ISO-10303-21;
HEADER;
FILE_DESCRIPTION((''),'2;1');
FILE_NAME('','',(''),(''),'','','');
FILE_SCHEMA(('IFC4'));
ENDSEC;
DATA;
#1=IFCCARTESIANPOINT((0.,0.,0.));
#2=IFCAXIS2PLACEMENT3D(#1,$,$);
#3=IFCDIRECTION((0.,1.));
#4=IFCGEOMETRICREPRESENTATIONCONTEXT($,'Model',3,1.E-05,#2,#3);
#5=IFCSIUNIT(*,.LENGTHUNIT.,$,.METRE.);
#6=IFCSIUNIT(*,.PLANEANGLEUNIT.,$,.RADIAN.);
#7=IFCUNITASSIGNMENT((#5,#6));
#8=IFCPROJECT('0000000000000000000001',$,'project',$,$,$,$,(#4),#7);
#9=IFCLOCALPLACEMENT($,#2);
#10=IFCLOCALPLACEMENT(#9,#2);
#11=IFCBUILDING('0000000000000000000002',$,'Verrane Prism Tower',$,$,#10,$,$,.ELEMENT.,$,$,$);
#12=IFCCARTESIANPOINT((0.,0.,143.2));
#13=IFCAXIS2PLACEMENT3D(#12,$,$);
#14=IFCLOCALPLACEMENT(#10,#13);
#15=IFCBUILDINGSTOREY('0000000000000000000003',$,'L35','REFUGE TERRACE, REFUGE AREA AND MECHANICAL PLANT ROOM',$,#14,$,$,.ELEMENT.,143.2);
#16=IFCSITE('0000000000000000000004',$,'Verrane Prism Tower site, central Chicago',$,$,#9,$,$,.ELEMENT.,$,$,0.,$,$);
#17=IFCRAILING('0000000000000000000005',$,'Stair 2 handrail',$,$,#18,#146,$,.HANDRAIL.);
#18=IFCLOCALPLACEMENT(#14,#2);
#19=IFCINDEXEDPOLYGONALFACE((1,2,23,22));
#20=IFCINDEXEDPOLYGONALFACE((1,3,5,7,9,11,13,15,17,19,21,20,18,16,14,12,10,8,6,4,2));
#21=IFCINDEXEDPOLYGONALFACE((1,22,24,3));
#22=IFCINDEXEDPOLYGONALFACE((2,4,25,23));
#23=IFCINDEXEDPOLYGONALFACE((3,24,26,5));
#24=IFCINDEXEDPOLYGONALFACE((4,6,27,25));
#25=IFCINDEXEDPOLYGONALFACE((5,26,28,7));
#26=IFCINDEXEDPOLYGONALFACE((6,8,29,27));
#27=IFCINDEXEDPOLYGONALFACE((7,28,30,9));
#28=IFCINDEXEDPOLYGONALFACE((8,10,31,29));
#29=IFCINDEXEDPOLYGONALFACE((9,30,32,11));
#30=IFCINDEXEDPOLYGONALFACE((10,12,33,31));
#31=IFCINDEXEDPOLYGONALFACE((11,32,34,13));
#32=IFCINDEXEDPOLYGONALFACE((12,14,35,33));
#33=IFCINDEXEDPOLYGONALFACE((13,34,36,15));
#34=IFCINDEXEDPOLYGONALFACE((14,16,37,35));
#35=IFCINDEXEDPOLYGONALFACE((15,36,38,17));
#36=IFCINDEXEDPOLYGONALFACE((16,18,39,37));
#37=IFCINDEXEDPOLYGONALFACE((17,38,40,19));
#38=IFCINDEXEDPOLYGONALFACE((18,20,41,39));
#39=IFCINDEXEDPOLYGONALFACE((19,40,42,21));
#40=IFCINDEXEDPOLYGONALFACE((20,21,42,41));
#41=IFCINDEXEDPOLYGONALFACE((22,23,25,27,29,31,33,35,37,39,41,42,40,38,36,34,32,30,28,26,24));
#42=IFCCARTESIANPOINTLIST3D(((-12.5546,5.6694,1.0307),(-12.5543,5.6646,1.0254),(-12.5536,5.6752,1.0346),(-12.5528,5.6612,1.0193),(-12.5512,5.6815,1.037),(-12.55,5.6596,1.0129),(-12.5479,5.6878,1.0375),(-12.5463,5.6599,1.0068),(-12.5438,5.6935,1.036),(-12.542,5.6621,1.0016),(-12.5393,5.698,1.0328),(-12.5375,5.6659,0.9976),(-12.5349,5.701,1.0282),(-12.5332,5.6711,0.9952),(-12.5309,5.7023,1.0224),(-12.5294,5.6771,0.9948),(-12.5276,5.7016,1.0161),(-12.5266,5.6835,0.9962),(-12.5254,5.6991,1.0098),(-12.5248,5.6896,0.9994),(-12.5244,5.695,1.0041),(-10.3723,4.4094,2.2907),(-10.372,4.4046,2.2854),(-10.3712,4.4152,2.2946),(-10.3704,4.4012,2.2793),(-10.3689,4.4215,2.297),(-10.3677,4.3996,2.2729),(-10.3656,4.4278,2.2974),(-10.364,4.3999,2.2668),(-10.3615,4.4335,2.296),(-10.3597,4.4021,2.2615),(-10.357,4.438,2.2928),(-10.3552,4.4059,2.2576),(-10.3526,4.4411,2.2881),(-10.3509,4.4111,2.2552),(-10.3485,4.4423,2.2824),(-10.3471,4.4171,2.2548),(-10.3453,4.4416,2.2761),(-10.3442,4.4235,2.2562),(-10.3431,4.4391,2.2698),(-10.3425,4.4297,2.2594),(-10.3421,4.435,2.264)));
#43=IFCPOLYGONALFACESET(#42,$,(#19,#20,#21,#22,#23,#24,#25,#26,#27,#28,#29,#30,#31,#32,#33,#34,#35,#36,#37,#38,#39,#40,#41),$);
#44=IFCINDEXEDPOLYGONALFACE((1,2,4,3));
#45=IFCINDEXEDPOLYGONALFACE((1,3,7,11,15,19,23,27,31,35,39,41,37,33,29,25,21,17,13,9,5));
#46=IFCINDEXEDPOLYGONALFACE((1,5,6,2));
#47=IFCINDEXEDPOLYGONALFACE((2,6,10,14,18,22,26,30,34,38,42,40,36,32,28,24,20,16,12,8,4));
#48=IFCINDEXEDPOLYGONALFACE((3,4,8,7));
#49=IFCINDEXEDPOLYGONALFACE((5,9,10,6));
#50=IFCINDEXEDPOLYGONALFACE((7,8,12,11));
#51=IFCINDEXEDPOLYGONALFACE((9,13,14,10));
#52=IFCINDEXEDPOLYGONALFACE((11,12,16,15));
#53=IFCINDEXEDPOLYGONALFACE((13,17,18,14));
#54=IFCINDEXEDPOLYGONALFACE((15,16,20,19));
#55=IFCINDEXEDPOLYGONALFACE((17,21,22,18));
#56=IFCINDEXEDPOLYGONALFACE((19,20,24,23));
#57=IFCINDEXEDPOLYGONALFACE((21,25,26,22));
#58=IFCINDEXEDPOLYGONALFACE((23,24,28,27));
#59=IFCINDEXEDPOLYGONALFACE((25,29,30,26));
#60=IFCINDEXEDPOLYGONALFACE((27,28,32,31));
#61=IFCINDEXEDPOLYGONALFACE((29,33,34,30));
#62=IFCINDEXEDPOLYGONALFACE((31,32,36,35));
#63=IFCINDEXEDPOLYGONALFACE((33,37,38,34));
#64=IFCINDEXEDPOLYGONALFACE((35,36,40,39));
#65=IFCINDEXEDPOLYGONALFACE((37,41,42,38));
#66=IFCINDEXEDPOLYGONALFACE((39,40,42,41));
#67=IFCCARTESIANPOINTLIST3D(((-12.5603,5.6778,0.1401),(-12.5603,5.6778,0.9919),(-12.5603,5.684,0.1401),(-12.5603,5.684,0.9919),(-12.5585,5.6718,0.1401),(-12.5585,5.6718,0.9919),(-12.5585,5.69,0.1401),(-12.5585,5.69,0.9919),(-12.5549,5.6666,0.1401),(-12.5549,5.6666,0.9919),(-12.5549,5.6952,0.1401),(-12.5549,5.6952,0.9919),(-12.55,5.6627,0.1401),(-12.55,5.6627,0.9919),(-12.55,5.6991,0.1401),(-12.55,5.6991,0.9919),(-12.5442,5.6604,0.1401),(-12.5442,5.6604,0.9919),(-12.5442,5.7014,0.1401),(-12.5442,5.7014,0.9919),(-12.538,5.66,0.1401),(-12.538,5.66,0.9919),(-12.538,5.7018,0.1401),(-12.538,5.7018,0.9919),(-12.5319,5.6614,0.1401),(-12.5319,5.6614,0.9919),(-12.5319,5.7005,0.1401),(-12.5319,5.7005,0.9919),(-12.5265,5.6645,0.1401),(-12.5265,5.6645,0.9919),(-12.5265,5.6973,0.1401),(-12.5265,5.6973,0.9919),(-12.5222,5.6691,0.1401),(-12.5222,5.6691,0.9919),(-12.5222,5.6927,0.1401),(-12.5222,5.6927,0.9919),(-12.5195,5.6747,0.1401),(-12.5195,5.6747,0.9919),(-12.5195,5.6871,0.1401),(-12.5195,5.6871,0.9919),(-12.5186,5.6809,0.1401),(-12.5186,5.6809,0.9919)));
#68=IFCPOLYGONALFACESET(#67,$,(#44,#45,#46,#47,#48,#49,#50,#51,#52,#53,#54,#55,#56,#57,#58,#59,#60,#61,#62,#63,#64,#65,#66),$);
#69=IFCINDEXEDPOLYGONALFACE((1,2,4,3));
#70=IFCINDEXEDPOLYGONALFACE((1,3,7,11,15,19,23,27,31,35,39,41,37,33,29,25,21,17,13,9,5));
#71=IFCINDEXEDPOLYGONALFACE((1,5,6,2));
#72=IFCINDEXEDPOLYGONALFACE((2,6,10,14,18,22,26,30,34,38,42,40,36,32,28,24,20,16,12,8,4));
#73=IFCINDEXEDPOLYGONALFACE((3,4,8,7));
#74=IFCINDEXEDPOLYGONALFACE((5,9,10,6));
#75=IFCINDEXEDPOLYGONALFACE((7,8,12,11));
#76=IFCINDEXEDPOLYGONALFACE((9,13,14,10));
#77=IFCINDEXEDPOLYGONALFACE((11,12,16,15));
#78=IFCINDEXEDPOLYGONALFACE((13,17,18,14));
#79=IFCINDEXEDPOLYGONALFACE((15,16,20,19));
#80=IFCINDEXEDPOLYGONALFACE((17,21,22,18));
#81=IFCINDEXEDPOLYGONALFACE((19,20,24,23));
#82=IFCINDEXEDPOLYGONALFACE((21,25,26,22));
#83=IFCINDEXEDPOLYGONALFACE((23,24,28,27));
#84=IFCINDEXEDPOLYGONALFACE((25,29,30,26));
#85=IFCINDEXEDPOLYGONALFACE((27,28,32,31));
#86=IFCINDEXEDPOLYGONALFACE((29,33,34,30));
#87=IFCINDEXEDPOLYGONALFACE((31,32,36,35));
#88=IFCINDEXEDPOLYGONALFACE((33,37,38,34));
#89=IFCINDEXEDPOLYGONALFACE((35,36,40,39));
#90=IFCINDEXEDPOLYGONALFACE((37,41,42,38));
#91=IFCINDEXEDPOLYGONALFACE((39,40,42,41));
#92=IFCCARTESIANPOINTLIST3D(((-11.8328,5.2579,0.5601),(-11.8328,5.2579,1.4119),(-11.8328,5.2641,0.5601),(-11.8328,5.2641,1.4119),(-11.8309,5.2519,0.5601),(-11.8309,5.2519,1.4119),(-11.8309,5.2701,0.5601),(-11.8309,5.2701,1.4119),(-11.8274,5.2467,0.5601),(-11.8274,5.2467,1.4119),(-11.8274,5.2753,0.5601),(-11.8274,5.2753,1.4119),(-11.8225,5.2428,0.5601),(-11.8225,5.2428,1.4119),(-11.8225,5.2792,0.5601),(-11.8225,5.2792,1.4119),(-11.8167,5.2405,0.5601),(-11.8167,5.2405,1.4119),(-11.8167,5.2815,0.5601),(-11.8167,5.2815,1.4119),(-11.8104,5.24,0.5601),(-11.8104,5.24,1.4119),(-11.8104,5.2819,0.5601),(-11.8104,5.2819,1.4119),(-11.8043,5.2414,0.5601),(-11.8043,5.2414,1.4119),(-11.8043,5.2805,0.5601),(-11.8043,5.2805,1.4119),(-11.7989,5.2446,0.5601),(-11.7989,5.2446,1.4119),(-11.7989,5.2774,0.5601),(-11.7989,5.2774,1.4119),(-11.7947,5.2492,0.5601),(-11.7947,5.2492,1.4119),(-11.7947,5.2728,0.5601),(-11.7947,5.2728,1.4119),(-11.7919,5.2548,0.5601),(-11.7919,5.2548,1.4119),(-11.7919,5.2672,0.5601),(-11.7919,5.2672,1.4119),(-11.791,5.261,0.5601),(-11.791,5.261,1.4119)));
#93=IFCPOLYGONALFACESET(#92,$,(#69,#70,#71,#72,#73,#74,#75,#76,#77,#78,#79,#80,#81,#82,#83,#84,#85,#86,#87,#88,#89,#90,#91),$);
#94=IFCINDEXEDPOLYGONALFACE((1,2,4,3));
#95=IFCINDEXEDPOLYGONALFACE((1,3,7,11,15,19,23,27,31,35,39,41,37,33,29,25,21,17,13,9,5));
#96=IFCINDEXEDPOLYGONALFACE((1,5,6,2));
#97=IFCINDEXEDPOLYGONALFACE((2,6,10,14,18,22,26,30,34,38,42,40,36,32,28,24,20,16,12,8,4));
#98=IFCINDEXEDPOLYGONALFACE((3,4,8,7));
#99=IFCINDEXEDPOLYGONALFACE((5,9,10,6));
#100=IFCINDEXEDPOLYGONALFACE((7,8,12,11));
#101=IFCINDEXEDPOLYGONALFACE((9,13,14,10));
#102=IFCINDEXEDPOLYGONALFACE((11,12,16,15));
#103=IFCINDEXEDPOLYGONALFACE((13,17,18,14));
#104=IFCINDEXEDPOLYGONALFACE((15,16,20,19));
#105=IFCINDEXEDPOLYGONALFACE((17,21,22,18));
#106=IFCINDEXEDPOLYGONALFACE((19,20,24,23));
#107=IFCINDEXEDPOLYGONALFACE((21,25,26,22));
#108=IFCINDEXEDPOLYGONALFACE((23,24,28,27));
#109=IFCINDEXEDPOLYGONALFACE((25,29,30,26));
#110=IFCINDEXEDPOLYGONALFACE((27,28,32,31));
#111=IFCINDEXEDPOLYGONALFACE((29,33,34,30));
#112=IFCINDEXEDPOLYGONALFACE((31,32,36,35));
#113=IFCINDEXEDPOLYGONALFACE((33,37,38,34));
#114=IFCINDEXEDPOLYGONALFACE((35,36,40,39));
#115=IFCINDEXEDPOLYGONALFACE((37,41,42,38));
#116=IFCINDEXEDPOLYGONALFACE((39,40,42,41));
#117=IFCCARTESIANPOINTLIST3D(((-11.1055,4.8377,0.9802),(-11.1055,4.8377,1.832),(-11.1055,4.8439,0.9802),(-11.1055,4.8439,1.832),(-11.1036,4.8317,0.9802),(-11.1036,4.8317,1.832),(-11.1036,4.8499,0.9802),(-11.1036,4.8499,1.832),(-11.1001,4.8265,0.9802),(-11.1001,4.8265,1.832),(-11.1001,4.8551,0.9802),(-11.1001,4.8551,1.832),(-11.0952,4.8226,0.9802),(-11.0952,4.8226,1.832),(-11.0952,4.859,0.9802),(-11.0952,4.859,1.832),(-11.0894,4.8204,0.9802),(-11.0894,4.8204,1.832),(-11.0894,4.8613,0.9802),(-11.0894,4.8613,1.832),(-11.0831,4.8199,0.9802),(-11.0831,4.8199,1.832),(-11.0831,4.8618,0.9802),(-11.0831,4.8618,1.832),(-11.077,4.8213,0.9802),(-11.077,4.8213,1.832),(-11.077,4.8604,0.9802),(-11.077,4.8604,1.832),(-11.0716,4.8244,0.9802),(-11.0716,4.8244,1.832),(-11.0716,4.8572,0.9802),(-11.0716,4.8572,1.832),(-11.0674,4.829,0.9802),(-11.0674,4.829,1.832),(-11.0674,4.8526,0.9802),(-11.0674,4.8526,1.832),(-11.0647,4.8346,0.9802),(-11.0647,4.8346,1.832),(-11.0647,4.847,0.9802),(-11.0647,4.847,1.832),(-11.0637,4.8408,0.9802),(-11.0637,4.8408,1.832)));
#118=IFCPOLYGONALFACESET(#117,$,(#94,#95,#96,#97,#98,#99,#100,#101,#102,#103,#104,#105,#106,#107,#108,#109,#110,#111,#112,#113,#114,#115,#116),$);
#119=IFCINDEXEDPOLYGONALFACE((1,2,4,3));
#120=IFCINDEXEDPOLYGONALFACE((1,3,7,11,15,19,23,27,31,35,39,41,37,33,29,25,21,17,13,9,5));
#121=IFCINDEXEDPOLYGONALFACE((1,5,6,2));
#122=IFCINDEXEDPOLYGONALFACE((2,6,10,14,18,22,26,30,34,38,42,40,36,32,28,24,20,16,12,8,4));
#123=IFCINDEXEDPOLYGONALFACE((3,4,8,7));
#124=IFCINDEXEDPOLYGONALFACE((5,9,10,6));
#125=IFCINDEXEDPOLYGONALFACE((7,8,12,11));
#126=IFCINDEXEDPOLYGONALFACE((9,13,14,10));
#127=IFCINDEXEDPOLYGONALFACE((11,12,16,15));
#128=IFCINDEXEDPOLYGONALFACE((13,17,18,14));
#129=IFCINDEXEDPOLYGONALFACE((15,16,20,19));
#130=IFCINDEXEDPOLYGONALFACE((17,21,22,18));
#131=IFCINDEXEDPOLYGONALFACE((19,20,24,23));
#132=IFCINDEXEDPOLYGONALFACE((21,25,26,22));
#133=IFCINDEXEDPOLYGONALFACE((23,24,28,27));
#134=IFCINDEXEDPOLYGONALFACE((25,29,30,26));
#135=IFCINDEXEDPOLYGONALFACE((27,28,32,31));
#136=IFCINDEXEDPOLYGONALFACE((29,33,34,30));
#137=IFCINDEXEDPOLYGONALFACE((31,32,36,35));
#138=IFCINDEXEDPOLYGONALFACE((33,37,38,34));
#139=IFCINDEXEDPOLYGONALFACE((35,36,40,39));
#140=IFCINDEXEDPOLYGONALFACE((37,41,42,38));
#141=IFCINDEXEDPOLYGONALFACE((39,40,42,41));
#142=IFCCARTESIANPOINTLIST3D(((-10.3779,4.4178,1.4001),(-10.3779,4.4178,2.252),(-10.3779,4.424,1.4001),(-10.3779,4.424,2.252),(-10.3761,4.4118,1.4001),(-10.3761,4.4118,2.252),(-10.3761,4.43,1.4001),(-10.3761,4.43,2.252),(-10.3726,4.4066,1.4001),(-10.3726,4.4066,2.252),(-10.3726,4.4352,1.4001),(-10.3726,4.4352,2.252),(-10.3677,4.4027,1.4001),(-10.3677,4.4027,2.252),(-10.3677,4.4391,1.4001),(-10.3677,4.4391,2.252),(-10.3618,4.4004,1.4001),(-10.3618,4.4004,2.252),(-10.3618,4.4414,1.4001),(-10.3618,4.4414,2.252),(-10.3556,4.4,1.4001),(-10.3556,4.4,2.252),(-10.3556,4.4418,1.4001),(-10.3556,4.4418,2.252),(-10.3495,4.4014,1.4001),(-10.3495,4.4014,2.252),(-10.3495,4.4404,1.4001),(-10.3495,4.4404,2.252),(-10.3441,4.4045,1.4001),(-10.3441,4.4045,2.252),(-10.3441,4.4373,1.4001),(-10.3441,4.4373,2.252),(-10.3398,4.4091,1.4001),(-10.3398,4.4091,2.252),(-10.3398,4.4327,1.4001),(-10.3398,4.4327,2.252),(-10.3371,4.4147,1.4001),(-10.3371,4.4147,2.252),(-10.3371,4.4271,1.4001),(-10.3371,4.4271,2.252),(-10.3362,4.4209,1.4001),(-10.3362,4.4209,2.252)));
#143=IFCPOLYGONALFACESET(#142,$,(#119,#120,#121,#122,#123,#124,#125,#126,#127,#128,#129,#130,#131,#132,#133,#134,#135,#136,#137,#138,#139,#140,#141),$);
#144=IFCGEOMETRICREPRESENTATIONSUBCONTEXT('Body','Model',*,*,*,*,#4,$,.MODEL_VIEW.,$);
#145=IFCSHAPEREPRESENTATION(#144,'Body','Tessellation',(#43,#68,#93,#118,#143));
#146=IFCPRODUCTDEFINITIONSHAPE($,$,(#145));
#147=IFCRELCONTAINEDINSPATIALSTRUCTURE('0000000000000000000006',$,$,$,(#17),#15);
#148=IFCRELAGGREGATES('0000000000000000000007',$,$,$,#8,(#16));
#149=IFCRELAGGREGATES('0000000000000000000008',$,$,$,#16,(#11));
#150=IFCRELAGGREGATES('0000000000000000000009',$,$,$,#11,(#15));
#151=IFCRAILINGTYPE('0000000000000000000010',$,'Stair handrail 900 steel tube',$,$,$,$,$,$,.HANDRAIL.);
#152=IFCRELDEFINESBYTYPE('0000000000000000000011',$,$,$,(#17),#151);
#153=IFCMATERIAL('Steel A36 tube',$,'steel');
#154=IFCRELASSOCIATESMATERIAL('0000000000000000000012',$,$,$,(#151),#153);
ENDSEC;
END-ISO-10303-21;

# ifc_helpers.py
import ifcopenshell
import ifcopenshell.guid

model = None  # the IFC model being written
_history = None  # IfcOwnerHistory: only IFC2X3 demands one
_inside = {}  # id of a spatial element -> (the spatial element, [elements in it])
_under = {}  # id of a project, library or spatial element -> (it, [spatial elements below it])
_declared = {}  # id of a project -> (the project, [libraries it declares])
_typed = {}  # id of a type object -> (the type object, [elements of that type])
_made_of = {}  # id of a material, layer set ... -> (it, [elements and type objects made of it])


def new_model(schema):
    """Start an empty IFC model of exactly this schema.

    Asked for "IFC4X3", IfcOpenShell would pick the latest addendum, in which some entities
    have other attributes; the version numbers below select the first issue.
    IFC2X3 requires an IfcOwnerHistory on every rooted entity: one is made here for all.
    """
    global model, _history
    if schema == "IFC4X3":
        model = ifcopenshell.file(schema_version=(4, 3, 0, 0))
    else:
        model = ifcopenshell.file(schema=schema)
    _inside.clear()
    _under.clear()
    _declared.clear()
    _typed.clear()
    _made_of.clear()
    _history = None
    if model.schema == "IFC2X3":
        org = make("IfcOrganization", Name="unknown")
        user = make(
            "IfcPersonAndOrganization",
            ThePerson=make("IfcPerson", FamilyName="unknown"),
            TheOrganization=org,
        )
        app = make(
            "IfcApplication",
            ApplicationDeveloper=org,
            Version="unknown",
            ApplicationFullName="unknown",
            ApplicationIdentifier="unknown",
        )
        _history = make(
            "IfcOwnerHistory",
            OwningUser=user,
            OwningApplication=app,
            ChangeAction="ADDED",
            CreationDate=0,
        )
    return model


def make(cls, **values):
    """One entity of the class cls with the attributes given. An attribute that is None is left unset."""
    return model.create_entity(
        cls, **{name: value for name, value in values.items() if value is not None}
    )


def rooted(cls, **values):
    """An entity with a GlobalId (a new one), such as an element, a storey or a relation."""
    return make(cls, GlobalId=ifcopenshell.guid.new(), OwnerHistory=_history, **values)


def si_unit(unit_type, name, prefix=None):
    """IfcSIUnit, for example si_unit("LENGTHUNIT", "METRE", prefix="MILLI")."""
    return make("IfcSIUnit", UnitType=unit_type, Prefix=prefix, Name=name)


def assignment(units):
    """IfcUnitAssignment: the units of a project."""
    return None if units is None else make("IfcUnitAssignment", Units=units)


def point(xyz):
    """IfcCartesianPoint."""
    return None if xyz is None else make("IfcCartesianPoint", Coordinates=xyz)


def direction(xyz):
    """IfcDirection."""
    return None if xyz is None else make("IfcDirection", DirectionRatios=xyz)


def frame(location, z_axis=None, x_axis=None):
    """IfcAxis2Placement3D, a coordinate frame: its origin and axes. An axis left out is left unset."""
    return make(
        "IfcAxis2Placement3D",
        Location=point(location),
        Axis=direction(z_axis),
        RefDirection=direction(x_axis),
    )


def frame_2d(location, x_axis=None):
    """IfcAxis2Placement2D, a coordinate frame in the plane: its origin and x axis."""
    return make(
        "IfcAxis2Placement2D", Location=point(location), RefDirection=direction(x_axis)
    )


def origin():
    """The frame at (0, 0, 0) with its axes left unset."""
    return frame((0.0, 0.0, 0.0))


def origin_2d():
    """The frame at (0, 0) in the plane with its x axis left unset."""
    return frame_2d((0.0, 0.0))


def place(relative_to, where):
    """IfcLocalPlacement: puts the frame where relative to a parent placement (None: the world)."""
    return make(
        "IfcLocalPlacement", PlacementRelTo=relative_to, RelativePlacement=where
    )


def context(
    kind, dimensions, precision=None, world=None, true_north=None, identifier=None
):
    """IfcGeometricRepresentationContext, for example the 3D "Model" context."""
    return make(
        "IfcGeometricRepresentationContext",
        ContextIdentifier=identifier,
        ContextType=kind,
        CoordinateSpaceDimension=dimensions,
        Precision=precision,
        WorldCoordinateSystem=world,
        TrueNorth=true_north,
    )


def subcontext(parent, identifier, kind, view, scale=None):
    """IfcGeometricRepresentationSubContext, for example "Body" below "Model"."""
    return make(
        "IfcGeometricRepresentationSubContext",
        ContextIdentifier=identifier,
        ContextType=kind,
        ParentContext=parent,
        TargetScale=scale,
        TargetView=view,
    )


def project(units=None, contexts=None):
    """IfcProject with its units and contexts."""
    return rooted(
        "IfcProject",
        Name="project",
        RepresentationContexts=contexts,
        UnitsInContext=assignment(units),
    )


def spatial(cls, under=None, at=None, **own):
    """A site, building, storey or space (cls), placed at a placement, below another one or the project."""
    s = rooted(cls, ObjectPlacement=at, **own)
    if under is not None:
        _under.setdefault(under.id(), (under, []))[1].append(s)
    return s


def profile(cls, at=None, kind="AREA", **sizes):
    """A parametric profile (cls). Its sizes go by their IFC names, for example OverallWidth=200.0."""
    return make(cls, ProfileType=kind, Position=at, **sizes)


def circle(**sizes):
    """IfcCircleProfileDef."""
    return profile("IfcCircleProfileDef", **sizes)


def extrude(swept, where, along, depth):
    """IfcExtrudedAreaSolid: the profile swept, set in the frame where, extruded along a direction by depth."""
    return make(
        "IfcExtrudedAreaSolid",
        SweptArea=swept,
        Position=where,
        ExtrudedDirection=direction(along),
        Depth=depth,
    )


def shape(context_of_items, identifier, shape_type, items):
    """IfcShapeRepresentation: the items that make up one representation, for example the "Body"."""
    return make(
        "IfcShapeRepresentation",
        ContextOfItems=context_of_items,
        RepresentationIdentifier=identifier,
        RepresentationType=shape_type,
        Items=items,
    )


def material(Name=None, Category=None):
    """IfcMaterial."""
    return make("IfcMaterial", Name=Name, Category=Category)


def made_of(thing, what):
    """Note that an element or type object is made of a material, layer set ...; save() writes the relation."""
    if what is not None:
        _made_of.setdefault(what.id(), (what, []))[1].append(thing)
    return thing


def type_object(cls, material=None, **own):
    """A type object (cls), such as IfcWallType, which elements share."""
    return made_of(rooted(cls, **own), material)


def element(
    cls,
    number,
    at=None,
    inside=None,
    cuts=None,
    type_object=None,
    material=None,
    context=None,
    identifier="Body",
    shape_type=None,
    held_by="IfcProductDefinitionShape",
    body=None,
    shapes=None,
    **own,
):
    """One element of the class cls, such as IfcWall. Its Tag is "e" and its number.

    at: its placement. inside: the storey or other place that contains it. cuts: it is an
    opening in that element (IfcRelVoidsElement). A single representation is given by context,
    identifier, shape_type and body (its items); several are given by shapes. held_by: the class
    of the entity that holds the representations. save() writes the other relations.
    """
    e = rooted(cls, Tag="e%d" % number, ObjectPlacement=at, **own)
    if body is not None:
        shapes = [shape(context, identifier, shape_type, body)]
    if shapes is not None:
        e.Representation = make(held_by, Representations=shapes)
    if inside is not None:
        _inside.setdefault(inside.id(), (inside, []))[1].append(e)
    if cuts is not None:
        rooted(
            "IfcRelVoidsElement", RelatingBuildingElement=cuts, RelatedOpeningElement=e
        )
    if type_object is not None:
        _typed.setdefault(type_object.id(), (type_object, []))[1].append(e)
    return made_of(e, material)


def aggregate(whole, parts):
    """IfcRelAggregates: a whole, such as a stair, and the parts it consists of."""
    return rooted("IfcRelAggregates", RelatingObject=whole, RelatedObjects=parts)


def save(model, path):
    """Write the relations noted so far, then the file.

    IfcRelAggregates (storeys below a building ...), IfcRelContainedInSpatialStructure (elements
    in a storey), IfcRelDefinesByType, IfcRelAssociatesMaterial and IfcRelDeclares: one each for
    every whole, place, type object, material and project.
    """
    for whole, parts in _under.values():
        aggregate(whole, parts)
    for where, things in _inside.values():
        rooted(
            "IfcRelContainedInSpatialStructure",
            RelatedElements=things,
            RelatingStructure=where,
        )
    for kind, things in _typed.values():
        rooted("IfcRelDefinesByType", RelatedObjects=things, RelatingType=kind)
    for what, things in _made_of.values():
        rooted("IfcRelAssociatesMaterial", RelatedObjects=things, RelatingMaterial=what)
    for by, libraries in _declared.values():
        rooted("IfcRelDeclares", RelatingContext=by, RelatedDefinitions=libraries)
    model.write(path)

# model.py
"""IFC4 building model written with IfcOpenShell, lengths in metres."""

from ifc_helpers import new_model, si_unit, direction, frame, origin, origin_2d, place, context, subcontext, project, spatial, circle, extrude, material, type_object, element, save


model = new_model("IFC4")

# Units and contexts
model_context = context("Model", 3, precision=1e-05, world=origin(), true_north=direction((0.0, 1.0)))
body_context = subcontext(model_context, "Body", "Model", "MODEL_VIEW")
ifc_project = project(units=[si_unit("LENGTHUNIT", "METRE"), si_unit("PLANEANGLEUNIT", "RADIAN")], contexts=[model_context])

# Site, building, storey
site_placement = place(None, origin())
site = spatial("IfcSite", under=ifc_project, at=site_placement, Name="Verrane Prism Tower site, central Chicago", CompositionType="ELEMENT", RefElevation=0.0)
building_placement = place(site_placement, origin())
building = spatial("IfcBuilding", under=site, at=building_placement, Name="Verrane Prism Tower", CompositionType="ELEMENT")
storey_placement = place(building_placement, frame((0.0, 0.0, 143.2)))
storey = spatial("IfcBuildingStorey", under=building, at=storey_placement, Name="L35", Description="REFUGE TERRACE, REFUGE AREA AND MECHANICAL PLANT ROOM", CompositionType="ELEMENT", Elevation=143.2)

# Railing
ifc_material_1 = material(Name="Steel A36 tube", Category="steel")
railing_type_1 = type_object("IfcRailingType", Name="Stair handrail 900 steel tube", PredefinedType="HANDRAIL", material=ifc_material_1)
for number, where, name in (
    (1, (-12.5396, 5.6809, 0.1401), "Stair 2 handrail"),
):
    element("IfcRailing", number, at=place(storey_placement, frame(where)), inside=storey, type_object=railing_type_1, Name=name, PredefinedType="HANDRAIL", context=body_context, shape_type="SweptSolid", body=[
        extrude(circle(Radius=0.0239, at=origin_2d()), frame((0.0, 0.0, 0.876), z_axis=(0.774593, -0.447217, 0.447217), x_axis=(0.500005, 0.866023, 0.0)), (0.0, 0.0, 1.0), 2.8174),
        extrude(circle(Radius=0.021, at=origin_2d()), origin(), (0.0, 0.0, 1.0), 0.8518),
        extrude(circle(Radius=0.021, at=origin_2d()), frame((0.7275, -0.4199, 0.4199)), (0.0, 0.0, 1.0), 0.8518),
        extrude(circle(Radius=0.021, at=origin_2d()), frame((1.4548, -0.8401, 0.8401)), (0.0, 0.0, 1.0), 0.8518),
        extrude(circle(Radius=0.021, at=origin_2d()), frame((2.1824, -1.26, 1.26)), (0.0, 0.0, 1.0), 0.8518),
    ])

save(model, "model.ifc")
